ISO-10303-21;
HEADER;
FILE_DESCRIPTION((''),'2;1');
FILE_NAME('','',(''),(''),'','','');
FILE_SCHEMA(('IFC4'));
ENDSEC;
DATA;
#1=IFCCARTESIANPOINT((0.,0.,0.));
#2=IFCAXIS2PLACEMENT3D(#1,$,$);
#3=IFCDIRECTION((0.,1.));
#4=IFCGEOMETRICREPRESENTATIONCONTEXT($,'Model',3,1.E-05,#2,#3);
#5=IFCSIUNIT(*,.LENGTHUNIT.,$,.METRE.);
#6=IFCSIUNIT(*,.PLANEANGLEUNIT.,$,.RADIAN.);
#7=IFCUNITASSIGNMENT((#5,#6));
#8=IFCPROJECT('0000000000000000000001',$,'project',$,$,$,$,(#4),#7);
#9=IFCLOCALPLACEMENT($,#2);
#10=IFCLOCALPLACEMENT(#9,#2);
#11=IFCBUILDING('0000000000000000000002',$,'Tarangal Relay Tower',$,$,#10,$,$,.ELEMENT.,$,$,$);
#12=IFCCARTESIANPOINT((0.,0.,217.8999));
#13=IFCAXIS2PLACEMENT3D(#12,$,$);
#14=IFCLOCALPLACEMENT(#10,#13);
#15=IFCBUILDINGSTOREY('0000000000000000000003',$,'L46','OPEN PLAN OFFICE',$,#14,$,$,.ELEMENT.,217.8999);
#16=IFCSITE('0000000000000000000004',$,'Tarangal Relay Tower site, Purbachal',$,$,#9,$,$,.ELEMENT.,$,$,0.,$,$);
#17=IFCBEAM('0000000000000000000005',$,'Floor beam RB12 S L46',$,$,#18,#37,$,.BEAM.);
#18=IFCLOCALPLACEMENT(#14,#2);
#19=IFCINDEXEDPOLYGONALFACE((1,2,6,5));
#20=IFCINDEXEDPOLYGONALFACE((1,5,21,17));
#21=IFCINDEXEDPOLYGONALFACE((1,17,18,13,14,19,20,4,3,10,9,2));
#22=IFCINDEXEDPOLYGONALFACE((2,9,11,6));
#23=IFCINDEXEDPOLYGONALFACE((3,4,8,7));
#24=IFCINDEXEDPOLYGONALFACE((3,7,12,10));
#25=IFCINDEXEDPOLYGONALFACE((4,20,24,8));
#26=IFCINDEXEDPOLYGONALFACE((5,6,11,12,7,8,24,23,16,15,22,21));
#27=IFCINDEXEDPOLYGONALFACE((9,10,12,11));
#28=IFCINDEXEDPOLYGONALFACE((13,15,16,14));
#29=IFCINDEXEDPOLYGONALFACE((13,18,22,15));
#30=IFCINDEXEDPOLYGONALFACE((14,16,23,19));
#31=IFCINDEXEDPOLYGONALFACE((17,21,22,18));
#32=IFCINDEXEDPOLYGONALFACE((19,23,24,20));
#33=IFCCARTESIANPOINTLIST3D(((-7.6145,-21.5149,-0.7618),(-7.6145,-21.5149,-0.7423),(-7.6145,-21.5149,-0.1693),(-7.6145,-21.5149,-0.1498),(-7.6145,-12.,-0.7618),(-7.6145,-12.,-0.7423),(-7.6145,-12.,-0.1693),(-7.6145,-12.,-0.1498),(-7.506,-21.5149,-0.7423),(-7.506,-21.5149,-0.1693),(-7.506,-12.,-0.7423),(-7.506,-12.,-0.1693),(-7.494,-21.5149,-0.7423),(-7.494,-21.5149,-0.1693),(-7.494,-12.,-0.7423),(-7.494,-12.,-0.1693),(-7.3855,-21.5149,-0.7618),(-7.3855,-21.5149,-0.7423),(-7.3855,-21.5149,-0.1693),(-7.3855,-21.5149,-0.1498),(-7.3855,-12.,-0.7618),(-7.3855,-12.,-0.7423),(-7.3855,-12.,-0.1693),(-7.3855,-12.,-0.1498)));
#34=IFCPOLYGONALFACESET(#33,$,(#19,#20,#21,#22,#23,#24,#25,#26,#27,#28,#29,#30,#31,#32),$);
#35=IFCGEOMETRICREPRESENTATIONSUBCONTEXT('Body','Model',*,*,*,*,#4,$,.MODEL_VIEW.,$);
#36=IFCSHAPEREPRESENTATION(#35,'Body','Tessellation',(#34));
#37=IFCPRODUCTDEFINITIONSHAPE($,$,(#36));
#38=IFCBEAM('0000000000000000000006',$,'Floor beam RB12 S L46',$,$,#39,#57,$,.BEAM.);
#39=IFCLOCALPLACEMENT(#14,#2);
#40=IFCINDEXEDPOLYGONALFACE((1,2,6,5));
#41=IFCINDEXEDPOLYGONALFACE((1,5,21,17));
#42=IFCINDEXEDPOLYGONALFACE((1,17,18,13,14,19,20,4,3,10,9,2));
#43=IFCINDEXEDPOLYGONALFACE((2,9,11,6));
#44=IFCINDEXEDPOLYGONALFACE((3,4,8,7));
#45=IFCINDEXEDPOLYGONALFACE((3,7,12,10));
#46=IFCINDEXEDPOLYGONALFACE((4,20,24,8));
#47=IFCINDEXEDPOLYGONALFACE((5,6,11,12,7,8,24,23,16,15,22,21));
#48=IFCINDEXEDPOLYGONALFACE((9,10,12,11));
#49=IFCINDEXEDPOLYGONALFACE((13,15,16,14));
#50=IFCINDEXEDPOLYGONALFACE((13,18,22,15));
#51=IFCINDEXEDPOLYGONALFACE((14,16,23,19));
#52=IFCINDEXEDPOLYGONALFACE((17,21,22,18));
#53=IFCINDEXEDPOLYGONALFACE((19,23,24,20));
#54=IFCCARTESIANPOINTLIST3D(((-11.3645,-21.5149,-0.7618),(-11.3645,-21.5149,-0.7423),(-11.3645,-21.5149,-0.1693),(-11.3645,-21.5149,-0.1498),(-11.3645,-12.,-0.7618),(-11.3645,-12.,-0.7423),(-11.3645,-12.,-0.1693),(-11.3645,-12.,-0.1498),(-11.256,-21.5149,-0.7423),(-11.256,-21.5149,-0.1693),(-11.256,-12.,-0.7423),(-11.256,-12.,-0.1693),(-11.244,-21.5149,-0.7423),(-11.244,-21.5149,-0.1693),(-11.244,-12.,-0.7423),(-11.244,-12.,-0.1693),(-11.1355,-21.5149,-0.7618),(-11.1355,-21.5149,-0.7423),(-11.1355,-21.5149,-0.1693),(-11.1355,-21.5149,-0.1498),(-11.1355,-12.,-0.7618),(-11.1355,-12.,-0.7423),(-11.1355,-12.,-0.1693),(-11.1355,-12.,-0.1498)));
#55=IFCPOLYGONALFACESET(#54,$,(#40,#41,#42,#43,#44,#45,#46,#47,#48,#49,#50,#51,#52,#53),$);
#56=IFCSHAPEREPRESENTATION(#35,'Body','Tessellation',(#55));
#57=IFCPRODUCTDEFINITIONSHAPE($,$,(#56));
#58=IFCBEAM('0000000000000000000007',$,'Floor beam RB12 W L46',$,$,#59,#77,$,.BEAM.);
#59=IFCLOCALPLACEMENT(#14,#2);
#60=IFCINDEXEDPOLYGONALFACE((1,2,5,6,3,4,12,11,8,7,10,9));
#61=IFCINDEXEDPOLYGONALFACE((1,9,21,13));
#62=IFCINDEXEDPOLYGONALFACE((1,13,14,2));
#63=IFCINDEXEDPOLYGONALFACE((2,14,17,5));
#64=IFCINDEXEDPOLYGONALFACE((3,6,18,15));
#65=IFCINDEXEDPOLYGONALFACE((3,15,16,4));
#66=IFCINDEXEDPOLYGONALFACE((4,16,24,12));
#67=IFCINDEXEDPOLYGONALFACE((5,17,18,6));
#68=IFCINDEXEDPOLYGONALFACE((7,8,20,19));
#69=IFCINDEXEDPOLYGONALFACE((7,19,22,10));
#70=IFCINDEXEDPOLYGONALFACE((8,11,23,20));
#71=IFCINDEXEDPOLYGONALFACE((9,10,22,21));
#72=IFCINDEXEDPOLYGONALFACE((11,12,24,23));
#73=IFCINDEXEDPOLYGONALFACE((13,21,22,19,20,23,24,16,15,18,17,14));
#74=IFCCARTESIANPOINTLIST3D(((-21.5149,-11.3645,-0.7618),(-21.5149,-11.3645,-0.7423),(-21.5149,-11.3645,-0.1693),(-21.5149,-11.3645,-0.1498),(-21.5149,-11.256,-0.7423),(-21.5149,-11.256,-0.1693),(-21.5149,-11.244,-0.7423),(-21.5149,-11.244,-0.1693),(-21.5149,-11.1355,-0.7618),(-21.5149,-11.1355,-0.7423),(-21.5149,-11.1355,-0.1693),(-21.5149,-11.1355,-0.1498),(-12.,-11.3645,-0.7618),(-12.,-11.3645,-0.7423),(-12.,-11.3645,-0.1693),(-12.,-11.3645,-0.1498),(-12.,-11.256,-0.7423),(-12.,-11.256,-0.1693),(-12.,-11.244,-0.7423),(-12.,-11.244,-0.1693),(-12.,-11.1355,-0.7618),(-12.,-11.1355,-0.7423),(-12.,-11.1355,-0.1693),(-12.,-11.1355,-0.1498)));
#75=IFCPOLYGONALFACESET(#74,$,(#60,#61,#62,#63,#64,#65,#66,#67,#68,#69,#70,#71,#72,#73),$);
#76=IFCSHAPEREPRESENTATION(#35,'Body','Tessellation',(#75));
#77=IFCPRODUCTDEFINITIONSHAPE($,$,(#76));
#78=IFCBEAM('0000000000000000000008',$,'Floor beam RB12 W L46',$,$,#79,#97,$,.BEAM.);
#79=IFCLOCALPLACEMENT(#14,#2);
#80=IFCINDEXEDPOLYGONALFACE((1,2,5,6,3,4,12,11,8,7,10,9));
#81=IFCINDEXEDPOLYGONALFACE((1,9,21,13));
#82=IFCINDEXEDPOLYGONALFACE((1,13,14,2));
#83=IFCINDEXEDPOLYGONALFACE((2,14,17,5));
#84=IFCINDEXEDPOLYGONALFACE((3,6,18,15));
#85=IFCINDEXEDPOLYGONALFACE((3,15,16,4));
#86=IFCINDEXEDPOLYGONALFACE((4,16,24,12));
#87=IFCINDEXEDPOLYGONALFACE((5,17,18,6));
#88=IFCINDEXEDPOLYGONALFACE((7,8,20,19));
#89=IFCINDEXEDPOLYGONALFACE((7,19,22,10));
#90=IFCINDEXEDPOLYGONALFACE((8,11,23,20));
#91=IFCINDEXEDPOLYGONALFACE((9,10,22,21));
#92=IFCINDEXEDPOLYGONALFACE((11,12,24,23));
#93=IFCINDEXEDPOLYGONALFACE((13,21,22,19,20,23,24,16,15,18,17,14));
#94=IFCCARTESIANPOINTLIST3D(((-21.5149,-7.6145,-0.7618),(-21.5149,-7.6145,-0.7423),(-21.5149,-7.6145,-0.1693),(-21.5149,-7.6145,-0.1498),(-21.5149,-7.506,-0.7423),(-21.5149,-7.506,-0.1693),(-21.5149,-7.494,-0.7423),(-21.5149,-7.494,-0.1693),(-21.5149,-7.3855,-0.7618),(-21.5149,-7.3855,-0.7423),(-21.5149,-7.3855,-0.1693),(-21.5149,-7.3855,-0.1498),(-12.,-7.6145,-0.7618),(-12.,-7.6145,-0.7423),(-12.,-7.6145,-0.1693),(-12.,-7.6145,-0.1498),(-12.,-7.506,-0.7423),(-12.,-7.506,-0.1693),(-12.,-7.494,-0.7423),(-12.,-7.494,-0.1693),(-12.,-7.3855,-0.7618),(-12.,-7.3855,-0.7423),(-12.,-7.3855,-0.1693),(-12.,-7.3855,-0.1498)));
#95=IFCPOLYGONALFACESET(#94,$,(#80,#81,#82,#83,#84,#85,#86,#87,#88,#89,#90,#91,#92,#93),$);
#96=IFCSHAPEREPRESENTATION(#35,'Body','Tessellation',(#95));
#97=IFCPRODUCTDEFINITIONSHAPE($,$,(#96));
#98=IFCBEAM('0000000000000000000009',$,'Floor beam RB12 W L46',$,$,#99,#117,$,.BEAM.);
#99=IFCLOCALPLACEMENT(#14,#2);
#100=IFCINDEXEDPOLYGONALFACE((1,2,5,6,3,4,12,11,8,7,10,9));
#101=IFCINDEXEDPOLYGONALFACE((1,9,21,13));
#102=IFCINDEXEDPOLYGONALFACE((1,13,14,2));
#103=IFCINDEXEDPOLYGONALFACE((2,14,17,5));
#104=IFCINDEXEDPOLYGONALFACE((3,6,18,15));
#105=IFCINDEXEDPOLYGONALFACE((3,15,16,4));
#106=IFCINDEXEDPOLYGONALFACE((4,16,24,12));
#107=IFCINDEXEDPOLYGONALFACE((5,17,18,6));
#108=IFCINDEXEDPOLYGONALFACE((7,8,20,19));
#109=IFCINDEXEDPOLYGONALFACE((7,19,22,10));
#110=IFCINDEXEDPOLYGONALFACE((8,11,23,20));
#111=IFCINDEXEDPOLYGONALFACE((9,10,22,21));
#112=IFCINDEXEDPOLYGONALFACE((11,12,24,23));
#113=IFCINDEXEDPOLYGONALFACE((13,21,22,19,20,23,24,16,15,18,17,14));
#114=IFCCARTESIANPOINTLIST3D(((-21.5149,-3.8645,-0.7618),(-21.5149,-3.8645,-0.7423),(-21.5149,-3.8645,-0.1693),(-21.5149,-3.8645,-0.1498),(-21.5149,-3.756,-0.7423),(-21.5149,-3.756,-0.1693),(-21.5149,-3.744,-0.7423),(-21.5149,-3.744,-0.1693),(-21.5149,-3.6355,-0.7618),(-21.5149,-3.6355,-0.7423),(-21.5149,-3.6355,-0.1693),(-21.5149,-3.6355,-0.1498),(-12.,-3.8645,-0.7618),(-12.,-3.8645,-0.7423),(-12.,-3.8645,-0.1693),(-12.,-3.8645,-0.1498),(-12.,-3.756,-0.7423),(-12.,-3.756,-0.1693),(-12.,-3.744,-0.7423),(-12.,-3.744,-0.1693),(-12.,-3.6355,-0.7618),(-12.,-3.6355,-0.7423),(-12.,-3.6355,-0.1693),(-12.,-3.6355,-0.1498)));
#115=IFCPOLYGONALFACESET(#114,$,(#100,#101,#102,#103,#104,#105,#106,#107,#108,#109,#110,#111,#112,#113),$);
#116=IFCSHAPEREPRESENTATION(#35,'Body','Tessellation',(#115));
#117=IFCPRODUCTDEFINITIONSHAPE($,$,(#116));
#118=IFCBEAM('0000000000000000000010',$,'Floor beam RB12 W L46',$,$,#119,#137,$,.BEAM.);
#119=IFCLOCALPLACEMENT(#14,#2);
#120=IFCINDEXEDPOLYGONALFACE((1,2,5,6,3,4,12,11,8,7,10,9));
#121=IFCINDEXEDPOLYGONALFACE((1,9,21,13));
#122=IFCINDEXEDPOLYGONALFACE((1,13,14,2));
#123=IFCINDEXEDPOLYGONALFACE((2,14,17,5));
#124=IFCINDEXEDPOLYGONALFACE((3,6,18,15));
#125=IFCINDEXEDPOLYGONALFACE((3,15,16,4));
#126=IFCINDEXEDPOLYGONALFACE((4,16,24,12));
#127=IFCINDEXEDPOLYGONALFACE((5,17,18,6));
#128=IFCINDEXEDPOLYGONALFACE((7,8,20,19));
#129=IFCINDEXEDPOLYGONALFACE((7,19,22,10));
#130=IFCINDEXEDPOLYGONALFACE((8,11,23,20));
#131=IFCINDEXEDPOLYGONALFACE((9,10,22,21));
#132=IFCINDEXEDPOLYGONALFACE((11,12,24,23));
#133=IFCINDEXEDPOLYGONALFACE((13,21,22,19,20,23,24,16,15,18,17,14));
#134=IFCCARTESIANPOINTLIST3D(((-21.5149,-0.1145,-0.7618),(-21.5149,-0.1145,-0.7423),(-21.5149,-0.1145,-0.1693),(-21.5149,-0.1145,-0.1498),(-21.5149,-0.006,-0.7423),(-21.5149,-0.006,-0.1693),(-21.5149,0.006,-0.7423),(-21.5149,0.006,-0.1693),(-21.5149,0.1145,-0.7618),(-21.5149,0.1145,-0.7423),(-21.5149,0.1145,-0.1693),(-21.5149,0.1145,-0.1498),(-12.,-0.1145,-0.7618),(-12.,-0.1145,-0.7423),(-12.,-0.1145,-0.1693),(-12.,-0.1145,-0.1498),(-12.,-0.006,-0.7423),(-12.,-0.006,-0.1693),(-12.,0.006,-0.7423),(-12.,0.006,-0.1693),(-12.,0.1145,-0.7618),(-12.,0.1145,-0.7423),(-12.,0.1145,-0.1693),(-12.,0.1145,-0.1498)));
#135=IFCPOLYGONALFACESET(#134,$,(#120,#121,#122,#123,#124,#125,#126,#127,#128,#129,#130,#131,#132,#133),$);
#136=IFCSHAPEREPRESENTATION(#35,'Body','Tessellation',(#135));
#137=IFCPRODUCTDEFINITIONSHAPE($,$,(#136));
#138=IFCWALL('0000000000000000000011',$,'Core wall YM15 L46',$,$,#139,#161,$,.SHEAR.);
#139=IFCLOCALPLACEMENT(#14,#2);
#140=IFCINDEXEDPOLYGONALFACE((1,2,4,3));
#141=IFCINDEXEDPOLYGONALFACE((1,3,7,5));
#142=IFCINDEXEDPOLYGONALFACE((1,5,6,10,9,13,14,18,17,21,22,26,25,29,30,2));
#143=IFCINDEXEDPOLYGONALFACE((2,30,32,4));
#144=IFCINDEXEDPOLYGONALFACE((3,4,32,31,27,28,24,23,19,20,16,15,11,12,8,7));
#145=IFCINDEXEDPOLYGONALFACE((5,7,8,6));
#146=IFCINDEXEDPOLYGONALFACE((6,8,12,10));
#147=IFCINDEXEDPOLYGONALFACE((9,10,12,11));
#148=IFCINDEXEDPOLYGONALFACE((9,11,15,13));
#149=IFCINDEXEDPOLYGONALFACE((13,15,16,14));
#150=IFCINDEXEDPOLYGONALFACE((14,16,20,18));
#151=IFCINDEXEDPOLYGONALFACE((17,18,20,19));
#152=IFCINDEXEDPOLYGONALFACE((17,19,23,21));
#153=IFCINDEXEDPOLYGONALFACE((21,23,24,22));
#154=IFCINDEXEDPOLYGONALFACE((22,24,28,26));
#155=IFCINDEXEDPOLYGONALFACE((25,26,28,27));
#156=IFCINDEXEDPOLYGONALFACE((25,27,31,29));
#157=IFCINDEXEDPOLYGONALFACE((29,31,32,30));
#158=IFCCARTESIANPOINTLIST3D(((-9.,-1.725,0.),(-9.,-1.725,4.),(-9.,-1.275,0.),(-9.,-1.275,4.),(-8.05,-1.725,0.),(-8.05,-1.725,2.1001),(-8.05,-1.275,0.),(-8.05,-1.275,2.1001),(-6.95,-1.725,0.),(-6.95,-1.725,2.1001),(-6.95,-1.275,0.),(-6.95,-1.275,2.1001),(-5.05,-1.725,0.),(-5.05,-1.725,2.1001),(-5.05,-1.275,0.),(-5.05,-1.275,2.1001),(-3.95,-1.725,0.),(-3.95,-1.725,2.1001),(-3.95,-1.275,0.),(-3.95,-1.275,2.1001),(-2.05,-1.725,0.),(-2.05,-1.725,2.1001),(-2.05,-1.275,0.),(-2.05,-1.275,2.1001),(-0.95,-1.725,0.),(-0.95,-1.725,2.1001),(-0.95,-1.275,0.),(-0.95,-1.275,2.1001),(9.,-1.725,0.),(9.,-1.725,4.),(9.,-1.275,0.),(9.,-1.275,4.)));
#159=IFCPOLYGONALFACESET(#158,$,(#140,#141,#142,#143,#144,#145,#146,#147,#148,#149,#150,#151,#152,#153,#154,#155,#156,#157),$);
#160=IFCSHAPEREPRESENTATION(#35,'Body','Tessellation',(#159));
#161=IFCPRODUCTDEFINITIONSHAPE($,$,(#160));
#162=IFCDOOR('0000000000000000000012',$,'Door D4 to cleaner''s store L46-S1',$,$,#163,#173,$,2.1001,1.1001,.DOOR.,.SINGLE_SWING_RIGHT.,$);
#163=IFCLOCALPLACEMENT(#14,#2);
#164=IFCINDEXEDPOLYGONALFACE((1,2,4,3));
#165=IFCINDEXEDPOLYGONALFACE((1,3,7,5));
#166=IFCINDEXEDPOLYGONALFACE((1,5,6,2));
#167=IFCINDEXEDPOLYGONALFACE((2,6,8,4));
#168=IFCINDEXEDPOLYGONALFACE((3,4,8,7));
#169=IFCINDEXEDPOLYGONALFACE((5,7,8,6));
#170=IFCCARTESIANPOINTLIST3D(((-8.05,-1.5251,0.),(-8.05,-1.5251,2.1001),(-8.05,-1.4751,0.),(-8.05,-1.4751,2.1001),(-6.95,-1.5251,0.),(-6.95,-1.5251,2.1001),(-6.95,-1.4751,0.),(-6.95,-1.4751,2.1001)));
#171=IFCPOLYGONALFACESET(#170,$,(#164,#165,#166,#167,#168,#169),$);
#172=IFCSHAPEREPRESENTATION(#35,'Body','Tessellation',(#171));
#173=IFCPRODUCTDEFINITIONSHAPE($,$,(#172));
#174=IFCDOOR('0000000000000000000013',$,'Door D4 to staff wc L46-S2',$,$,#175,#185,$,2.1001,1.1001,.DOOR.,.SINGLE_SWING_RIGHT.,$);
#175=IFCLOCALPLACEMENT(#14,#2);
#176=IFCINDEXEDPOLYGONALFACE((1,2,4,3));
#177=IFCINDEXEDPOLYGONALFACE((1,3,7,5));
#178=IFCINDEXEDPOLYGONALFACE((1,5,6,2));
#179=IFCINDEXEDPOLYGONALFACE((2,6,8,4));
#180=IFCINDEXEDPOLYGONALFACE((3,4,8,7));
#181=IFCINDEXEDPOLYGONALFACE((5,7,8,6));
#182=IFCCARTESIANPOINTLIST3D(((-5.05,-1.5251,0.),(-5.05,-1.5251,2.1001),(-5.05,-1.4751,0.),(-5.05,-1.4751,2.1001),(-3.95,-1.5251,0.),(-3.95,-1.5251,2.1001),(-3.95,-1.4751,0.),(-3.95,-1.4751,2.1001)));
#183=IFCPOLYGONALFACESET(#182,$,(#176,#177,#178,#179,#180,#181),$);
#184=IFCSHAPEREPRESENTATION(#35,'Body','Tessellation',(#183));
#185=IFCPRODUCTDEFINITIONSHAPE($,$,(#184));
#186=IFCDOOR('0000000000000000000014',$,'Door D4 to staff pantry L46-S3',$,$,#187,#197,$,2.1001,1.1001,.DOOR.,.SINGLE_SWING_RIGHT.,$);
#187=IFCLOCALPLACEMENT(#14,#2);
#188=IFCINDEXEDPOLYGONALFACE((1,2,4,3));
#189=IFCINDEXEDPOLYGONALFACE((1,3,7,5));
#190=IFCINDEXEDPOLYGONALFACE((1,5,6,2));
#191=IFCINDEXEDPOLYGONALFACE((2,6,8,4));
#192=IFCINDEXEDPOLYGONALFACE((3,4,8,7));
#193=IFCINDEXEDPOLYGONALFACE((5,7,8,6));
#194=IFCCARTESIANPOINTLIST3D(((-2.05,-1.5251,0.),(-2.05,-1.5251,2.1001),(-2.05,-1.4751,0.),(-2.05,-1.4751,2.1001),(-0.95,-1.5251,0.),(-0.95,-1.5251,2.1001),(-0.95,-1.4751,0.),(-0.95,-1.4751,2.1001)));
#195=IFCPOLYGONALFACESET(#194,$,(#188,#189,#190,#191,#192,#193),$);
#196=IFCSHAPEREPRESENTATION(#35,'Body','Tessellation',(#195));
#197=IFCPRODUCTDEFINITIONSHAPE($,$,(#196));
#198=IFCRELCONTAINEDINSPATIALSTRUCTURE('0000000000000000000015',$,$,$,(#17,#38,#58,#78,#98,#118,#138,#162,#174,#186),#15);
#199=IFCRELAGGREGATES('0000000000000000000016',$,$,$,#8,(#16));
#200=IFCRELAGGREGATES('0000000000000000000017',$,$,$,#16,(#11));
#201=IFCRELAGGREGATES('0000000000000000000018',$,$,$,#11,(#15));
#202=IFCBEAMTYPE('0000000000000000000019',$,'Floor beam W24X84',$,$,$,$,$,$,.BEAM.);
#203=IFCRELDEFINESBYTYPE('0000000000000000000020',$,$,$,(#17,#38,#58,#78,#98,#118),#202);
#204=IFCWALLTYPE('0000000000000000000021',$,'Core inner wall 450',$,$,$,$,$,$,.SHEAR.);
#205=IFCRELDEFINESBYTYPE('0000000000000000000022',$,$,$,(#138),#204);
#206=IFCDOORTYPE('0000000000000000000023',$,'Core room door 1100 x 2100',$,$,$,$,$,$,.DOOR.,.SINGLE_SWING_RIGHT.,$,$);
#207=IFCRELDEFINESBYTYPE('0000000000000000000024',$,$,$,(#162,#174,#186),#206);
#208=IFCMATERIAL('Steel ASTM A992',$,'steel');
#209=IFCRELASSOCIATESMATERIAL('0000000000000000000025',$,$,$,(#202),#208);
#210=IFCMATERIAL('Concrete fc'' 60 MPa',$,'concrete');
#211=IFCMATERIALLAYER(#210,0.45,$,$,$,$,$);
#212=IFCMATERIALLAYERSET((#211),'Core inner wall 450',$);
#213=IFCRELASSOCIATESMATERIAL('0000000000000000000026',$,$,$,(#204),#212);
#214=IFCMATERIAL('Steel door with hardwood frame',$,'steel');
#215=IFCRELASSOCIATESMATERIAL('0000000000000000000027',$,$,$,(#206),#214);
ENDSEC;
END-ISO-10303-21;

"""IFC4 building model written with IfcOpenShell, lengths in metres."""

from ifc_helpers import new_model, si_unit, direction, frame, frame_2d, origin, origin_2d, place, context, subcontext, project, spatial, rectangle, i_section, extrude, material, layer, layer_set, material_profile, profile_set, type_object, element, fill, save


model = new_model("IFC4")

# Units and contexts
model_context = context("Model", 3, precision=1e-05, world=origin(), true_north=direction((0.0, 1.0)))
body_context = subcontext(model_context, "Body", "Model", "MODEL_VIEW")
ifc_project = project(units=[si_unit("LENGTHUNIT", "METRE"), si_unit("PLANEANGLEUNIT", "RADIAN")], contexts=[model_context])

# Site, building, storey
site_placement = place(None, origin())
site = spatial("IfcSite", under=ifc_project, at=site_placement, Name="Tarangal Relay Tower site, Purbachal", CompositionType="ELEMENT", RefElevation=0.0)
building_placement = place(site_placement, origin())
building = spatial("IfcBuilding", under=site, at=building_placement, Name="Tarangal Relay Tower", CompositionType="ELEMENT")
storey_placement = place(building_placement, frame((0.0, 0.0, 217.8999)))
storey = spatial("IfcBuildingStorey", under=building, at=storey_placement, Name="L46", Description="OPEN PLAN OFFICE", CompositionType="ELEMENT", Elevation=217.8999)

# Beams
ifc_material_1 = material(Name="Steel ASTM A992", Category="steel")
ifc_material_profile = material_profile(ifc_material_1, i_section(OverallWidth=0.229, OverallDepth=0.6121, WebThickness=0.012, FlangeThickness=0.0195, at=origin_2d()), Name="W24X84")
ifc_profile_set = profile_set([ifc_material_profile], Name="Steel ASTM A992")
beam_type = type_object("IfcBeamType", Name="Floor beam W24X84", PredefinedType="BEAM", material=ifc_profile_set)
for number, where, z_axis, x_axis, name in (
    (1, (-7.5, -12.0, -0.4558), (0.0, -1.0, 0.0), (1.0, 0.0, 0.0), "Floor beam RB12 S L46"),
    (2, (-11.25, -12.0, -0.4558), (0.0, -1.0, 0.0), (1.0, 0.0, 0.0), "Floor beam RB12 S L46"),
    (3, (-12.0, -11.25, -0.4558), (-1.0, 0.0, 0.0), (0.0, -1.0, 0.0), "Floor beam RB12 W L46"),
    (4, (-12.0, -7.5, -0.4558), (-1.0, 0.0, 0.0), (0.0, -1.0, 0.0), "Floor beam RB12 W L46"),
    (5, (-12.0, -3.75, -0.4558), (-1.0, 0.0, 0.0), (0.0, -1.0, 0.0), "Floor beam RB12 W L46"),
    (6, (-12.0, 0.0, -0.4558), (-1.0, 0.0, 0.0), (0.0, -1.0, 0.0), "Floor beam RB12 W L46"),
):
    element("IfcBeam", number, at=place(storey_placement, frame(where, z_axis=z_axis, x_axis=x_axis)), inside=storey, type_object=beam_type, Name=name, PredefinedType="BEAM", context=body_context, shape_type="SweptSolid", body=[
        extrude(i_section(OverallWidth=0.229, OverallDepth=0.6121, WebThickness=0.012, FlangeThickness=0.0195, at=origin_2d()), origin(), (0.0, 0.0, 1.0), 9.5149),
    ])

# Wall, openings, doors
ifc_material_2 = material(Name="Concrete fc' 60 MPa", Category="concrete")
ifc_layer_1 = layer(ifc_material_2, 0.45)
ifc_layer_set_1 = layer_set([ifc_layer_1], Name="Core inner wall 450")
wall_type_1 = type_object("IfcWallType", Name="Core inner wall 450", PredefinedType="SHEAR", material=ifc_layer_set_1)
wall_1_placement = place(storey_placement, frame((-9.0, -1.5, 0.0), z_axis=(0.0, 0.0, 1.0), x_axis=(1.0, 0.0, 0.0)))
wall_1 = element("IfcWall", 7, at=wall_1_placement, inside=storey, type_object=wall_type_1, Name="Core wall YM15 L46", PredefinedType="SHEAR", context=body_context, shape_type="SweptSolid", body=[
    extrude(rectangle(XDim=18.0, YDim=0.45, at=frame_2d((9.0, 0.0))), origin(), (0.0, 0.0, 1.0), 4.0),
])
opening_1_placement = place(wall_1_placement, frame((0.95, 0.0, 0.0)))
opening_1 = element("IfcOpeningElement", 8, at=opening_1_placement, cuts=wall_1, PredefinedType="OPENING", context=body_context, shape_type="SweptSolid", body=[
    extrude(rectangle(XDim=1.1001, YDim=2.1001, at=frame_2d((0.55, 1.05))), frame((0.0, 0.2349, 0.0), z_axis=(0.0, -1.0, 0.0), x_axis=(1.0, 0.0, 0.0)), (0.0, 0.0, 1.0), 0.47),
])
opening_2_placement = place(wall_1_placement, frame((3.95, 0.0, 0.0)))
opening_2 = element("IfcOpeningElement", 9, at=opening_2_placement, cuts=wall_1, PredefinedType="OPENING", context=body_context, shape_type="SweptSolid", body=[
    extrude(rectangle(XDim=1.1001, YDim=2.1001, at=frame_2d((0.55, 1.05))), frame((0.0, 0.2349, 0.0), z_axis=(0.0, -1.0, 0.0), x_axis=(1.0, 0.0, 0.0)), (0.0, 0.0, 1.0), 0.47),
])
opening_3_placement = place(wall_1_placement, frame((6.95, 0.0, 0.0)))
opening_3 = element("IfcOpeningElement", 10, at=opening_3_placement, cuts=wall_1, PredefinedType="OPENING", context=body_context, shape_type="SweptSolid", body=[
    extrude(rectangle(XDim=1.1001, YDim=2.1001, at=frame_2d((0.55, 1.05))), frame((0.0, 0.2349, 0.0), z_axis=(0.0, -1.0, 0.0), x_axis=(1.0, 0.0, 0.0)), (0.0, 0.0, 1.0), 0.47),
])
ifc_material_3 = material(Name="Steel door with hardwood frame", Category="steel")
door_type_1 = type_object("IfcDoorType", Name="Core room door 1100 x 2100", OperationType="SINGLE_SWING_RIGHT", PredefinedType="DOOR", material=ifc_material_3)
door_1_placement = place(opening_1_placement, origin())
door_1 = element("IfcDoor", 11, at=door_1_placement, inside=storey, type_object=door_type_1, Name="Door D4 to cleaner's store L46-S1", OperationType="SINGLE_SWING_RIGHT", OverallHeight=2.1001, OverallWidth=1.1001, PredefinedType="DOOR", context=body_context, shape_type="SweptSolid", body=[
    extrude(rectangle(XDim=1.1001, YDim=2.1001, at=frame_2d((0.55, 1.05))), frame((0.0, 0.0249, 0.0), z_axis=(0.0, -1.0, 0.0), x_axis=(1.0, 0.0, 0.0)), (0.0, 0.0, 1.0), 0.05),
])
fill(opening_1, door_1)
door_2_placement = place(opening_2_placement, origin())
door_2 = element("IfcDoor", 12, at=door_2_placement, inside=storey, type_object=door_type_1, Name="Door D4 to staff wc L46-S2", OperationType="SINGLE_SWING_RIGHT", OverallHeight=2.1001, OverallWidth=1.1001, PredefinedType="DOOR", context=body_context, shape_type="SweptSolid", body=[
    extrude(rectangle(XDim=1.1001, YDim=2.1001, at=frame_2d((0.55, 1.05))), frame((0.0, 0.0249, 0.0), z_axis=(0.0, -1.0, 0.0), x_axis=(1.0, 0.0, 0.0)), (0.0, 0.0, 1.0), 0.05),
])
fill(opening_2, door_2)
door_3_placement = place(opening_3_placement, origin())
door_3 = element("IfcDoor", 13, at=door_3_placement, inside=storey, type_object=door_type_1, Name="Door D4 to staff pantry L46-S3", OperationType="SINGLE_SWING_RIGHT", OverallHeight=2.1001, OverallWidth=1.1001, PredefinedType="DOOR", context=body_context, shape_type="SweptSolid", body=[
    extrude(rectangle(XDim=1.1001, YDim=2.1001, at=frame_2d((0.55, 1.05))), frame((0.0, 0.0249, 0.0), z_axis=(0.0, -1.0, 0.0), x_axis=(1.0, 0.0, 0.0)), (0.0, 0.0, 1.0), 0.05),
])
fill(opening_3, door_3)

save(model, "model.ifc")
